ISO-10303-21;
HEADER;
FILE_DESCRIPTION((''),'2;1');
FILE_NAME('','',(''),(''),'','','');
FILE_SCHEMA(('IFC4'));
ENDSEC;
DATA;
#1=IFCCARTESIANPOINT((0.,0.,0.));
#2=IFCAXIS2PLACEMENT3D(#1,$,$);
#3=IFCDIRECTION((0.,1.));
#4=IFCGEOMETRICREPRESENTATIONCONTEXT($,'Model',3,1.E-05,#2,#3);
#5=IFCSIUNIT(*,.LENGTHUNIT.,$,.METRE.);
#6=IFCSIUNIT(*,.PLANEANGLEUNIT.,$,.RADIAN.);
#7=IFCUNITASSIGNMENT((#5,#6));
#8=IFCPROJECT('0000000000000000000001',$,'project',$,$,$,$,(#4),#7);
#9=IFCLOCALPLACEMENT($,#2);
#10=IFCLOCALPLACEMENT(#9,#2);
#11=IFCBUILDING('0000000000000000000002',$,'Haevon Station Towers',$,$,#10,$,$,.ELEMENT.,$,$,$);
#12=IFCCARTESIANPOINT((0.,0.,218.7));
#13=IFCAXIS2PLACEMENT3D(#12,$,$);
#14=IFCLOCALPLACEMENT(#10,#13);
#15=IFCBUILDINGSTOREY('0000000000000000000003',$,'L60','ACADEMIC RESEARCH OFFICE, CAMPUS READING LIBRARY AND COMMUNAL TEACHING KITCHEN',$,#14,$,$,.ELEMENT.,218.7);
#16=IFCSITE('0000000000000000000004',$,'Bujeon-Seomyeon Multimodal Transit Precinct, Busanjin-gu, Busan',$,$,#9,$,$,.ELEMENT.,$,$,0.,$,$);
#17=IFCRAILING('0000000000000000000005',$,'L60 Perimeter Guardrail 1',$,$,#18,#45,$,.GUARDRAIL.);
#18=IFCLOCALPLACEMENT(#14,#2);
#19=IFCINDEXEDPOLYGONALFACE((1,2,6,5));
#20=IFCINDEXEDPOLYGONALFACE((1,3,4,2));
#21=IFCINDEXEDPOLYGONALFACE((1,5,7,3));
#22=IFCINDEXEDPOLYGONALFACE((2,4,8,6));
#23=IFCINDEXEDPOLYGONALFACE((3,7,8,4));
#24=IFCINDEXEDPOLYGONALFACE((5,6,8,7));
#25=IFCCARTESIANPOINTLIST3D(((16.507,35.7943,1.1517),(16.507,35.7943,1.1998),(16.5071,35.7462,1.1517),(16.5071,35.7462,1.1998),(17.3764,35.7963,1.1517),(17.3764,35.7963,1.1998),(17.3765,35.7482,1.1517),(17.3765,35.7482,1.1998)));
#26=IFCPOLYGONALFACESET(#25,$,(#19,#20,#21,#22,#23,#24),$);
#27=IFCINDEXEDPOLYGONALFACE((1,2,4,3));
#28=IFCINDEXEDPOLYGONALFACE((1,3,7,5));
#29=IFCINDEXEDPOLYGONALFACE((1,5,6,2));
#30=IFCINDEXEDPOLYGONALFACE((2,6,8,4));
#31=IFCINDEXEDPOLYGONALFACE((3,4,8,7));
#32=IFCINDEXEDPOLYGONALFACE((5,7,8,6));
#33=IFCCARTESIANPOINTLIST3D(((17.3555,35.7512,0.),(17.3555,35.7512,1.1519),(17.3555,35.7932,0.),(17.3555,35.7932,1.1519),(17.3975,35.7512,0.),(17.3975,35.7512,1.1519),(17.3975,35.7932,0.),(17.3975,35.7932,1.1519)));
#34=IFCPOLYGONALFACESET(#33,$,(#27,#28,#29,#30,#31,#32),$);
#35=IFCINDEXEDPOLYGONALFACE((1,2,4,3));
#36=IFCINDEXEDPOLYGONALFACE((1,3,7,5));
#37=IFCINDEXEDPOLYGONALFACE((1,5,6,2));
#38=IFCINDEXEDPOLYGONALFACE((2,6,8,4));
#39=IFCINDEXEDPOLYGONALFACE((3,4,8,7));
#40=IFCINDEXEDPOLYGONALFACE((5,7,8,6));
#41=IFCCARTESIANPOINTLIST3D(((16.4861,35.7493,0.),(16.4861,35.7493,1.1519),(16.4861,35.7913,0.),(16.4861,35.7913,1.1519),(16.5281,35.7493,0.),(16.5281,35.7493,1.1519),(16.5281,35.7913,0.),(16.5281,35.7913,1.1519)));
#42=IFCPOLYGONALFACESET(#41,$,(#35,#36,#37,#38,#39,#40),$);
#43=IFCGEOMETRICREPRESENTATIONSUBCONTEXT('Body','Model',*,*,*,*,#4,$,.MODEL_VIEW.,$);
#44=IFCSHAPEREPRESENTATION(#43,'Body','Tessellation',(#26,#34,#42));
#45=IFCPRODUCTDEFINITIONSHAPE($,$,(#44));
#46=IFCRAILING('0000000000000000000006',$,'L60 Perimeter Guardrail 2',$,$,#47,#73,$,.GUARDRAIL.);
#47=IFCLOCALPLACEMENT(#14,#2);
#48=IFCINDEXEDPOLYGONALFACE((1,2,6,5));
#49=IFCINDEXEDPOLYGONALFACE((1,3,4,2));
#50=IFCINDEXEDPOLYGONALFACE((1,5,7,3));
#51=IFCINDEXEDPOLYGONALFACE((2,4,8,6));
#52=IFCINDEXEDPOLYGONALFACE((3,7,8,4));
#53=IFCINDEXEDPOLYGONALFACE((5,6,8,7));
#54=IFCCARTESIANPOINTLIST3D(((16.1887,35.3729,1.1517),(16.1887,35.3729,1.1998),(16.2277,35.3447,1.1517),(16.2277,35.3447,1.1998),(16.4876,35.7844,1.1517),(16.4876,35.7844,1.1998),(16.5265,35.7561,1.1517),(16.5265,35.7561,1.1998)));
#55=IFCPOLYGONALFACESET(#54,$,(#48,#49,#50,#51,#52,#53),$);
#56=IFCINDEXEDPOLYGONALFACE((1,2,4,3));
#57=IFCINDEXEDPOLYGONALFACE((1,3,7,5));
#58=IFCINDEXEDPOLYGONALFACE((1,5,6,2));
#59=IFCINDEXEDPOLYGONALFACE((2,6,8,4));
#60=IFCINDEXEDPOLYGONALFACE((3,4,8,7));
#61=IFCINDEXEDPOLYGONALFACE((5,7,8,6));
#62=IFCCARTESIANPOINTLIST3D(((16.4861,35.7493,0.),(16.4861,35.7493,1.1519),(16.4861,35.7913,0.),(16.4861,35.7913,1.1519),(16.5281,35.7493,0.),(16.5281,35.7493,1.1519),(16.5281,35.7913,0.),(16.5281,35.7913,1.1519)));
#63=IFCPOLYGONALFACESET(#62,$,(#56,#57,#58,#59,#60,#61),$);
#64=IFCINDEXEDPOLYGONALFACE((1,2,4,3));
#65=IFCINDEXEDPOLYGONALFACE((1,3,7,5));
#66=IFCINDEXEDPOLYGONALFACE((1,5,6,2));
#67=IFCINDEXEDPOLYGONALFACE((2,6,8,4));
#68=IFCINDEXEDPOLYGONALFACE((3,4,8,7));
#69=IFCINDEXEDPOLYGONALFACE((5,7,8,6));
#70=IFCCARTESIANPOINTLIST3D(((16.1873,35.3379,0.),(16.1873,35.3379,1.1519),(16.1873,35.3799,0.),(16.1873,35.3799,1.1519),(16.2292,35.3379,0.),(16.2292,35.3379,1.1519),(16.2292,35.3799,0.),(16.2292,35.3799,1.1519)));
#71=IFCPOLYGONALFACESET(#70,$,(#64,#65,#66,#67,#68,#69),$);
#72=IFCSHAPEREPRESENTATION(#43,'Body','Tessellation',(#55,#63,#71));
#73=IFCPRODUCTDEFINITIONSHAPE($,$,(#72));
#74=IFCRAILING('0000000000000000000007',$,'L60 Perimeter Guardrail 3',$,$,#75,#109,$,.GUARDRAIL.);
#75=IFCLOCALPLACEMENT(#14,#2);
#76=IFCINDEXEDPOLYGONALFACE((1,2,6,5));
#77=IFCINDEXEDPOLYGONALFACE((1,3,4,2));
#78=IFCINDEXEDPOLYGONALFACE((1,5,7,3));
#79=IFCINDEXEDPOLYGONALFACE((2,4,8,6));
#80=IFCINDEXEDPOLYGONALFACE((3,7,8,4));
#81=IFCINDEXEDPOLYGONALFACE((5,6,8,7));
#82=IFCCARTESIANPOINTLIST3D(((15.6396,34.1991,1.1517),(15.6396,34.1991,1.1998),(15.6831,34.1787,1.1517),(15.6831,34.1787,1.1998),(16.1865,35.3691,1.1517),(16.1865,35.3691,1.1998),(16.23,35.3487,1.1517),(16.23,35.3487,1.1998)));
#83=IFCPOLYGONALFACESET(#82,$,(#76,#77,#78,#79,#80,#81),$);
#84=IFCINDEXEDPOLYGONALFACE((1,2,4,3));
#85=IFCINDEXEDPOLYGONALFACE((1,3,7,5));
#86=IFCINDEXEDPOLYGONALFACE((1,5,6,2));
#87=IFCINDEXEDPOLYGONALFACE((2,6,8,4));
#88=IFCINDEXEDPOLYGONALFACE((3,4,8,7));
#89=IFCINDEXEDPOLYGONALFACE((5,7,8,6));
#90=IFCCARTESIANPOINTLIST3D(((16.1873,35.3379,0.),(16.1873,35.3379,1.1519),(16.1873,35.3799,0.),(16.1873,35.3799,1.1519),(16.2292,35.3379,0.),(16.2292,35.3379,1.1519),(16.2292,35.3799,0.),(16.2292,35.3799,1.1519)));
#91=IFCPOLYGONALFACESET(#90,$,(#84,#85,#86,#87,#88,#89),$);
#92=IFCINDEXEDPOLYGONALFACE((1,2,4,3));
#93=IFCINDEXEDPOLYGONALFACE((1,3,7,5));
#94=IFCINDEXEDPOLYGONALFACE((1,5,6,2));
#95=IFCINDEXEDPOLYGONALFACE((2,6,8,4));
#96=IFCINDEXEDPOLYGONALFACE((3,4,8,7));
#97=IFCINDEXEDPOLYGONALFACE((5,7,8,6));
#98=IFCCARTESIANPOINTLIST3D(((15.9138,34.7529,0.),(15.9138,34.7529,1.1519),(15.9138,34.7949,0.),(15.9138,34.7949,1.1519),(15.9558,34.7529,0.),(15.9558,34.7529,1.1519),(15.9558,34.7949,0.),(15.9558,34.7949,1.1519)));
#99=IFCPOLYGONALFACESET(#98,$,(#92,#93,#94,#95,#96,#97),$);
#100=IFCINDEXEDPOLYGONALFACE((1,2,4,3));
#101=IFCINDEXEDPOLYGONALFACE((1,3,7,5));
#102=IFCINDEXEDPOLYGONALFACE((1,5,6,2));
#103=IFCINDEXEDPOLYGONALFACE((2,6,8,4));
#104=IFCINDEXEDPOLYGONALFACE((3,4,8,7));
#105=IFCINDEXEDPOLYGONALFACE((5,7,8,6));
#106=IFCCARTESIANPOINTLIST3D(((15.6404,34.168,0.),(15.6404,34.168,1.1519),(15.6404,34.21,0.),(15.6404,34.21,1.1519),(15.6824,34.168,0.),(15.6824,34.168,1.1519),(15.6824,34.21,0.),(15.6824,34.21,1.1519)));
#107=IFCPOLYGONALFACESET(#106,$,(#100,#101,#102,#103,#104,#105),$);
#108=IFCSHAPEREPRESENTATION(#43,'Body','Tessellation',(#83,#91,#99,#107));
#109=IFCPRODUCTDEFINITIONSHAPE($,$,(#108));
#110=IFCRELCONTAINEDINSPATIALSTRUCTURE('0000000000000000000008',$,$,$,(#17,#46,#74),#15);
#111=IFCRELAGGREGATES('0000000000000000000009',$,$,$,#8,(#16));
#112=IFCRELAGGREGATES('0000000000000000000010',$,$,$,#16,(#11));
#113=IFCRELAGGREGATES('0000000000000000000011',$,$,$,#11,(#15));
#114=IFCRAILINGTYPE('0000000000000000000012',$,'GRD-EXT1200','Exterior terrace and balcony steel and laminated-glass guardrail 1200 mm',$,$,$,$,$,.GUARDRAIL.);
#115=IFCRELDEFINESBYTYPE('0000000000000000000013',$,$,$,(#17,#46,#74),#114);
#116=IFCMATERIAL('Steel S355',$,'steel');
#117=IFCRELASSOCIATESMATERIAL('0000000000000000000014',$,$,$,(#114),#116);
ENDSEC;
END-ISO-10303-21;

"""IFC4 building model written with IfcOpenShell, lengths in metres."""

from ifc_helpers import new_model, si_unit, direction, frame, origin, origin_2d, place, context, subcontext, project, spatial, rectangle, extrude, material, type_object, element, save


model = new_model("IFC4")

# Units and contexts
model_context = context("Model", 3, precision=1e-05, world=origin(), true_north=direction((0.0, 1.0)))
body_context = subcontext(model_context, "Body", "Model", "MODEL_VIEW")
ifc_project = project(units=[si_unit("LENGTHUNIT", "METRE"), si_unit("PLANEANGLEUNIT", "RADIAN")], contexts=[model_context])

# Site, building, storey
site_placement = place(None, origin())
site = spatial("IfcSite", under=ifc_project, at=site_placement, Name="Bujeon-Seomyeon Multimodal Transit Precinct, Busanjin-gu, Busan", CompositionType="ELEMENT", RefElevation=0.0)
building_placement = place(site_placement, origin())
building = spatial("IfcBuilding", under=site, at=building_placement, Name="Haevon Station Towers", CompositionType="ELEMENT")
storey_placement = place(building_placement, frame((0.0, 0.0, 218.7)))
storey = spatial("IfcBuildingStorey", under=building, at=storey_placement, Name="L60", Description="ACADEMIC RESEARCH OFFICE, CAMPUS READING LIBRARY AND COMMUNAL TEACHING KITCHEN", CompositionType="ELEMENT", Elevation=218.7)

# Shared definitions
ifc_material_1 = material(Name="Steel S355", Category="steel")

# Railings
railing_type = type_object("IfcRailingType", Name="GRD-EXT1200", Description="Exterior terrace and balcony steel and laminated-glass guardrail 1200 mm", PredefinedType="GUARDRAIL", material=ifc_material_1)
railing_1_placement = place(storey_placement, frame((17.3765, 35.7722, 0.0)))
element("IfcRailing", 1, at=railing_1_placement, inside=storey, type_object=railing_type, Name="L60 Perimeter Guardrail 1", PredefinedType="GUARDRAIL", context=body_context, shape_type="SweptSolid", body=[
    extrude(rectangle(XDim=0.0481, YDim=0.0481, at=origin_2d()), frame((0.0, 0.0, 1.1758), z_axis=(-0.999997, -0.002247, 0.0), x_axis=(0.002247, -0.999997, 0.0)), (0.0, 0.0, 1.0), 0.8694),
    extrude(rectangle(XDim=0.042, YDim=0.042, at=origin_2d()), origin(), (0.0, 0.0, 1.0), 1.1519),
    extrude(rectangle(XDim=0.042, YDim=0.042, at=origin_2d()), frame((-0.8694, -0.002, 0.0)), (0.0, 0.0, 1.0), 1.1519),
])
railing_2_placement = place(storey_placement, frame((16.5071, 35.7703, 0.0)))
element("IfcRailing", 2, at=railing_2_placement, inside=storey, type_object=railing_type, Name="L60 Perimeter Guardrail 2", PredefinedType="GUARDRAIL", context=body_context, shape_type="SweptSolid", body=[
    extrude(rectangle(XDim=0.0481, YDim=0.0481, at=origin_2d()), frame((0.0, 0.0, 1.1758), z_axis=(-0.587715, -0.809068, 0.0), x_axis=(0.809068, -0.587715, 0.0)), (0.0, 0.0, 1.0), 0.5085),
    extrude(rectangle(XDim=0.042, YDim=0.042, at=origin_2d()), origin(), (0.0, 0.0, 1.0), 1.1519),
    extrude(rectangle(XDim=0.042, YDim=0.042, at=origin_2d()), frame((-0.2988, -0.4114, 0.0)), (0.0, 0.0, 1.0), 1.1519),
])
railing_3_placement = place(storey_placement, frame((16.2083, 35.3589, 0.0)))
element("IfcRailing", 3, at=railing_3_placement, inside=storey, type_object=railing_type, Name="L60 Perimeter Guardrail 3", PredefinedType="GUARDRAIL", context=body_context, shape_type="SweptSolid", body=[
    extrude(rectangle(XDim=0.0481, YDim=0.0481, at=origin_2d()), frame((0.0, 0.0, 1.1758), z_axis=(-0.423465, -0.905912, 0.0), x_axis=(0.905912, -0.423465, 0.0)), (0.0, 0.0, 1.0), 1.2915),
    extrude(rectangle(XDim=0.042, YDim=0.042, at=origin_2d()), origin(), (0.0, 0.0, 1.0), 1.1519),
    extrude(rectangle(XDim=0.042, YDim=0.042, at=origin_2d()), frame((-0.2734, -0.585, 0.0)), (0.0, 0.0, 1.0), 1.1519),
    extrude(rectangle(XDim=0.042, YDim=0.042, at=origin_2d()), frame((-0.5469, -1.1699, 0.0)), (0.0, 0.0, 1.0), 1.1519),
])

save(model, "model.ifc")
